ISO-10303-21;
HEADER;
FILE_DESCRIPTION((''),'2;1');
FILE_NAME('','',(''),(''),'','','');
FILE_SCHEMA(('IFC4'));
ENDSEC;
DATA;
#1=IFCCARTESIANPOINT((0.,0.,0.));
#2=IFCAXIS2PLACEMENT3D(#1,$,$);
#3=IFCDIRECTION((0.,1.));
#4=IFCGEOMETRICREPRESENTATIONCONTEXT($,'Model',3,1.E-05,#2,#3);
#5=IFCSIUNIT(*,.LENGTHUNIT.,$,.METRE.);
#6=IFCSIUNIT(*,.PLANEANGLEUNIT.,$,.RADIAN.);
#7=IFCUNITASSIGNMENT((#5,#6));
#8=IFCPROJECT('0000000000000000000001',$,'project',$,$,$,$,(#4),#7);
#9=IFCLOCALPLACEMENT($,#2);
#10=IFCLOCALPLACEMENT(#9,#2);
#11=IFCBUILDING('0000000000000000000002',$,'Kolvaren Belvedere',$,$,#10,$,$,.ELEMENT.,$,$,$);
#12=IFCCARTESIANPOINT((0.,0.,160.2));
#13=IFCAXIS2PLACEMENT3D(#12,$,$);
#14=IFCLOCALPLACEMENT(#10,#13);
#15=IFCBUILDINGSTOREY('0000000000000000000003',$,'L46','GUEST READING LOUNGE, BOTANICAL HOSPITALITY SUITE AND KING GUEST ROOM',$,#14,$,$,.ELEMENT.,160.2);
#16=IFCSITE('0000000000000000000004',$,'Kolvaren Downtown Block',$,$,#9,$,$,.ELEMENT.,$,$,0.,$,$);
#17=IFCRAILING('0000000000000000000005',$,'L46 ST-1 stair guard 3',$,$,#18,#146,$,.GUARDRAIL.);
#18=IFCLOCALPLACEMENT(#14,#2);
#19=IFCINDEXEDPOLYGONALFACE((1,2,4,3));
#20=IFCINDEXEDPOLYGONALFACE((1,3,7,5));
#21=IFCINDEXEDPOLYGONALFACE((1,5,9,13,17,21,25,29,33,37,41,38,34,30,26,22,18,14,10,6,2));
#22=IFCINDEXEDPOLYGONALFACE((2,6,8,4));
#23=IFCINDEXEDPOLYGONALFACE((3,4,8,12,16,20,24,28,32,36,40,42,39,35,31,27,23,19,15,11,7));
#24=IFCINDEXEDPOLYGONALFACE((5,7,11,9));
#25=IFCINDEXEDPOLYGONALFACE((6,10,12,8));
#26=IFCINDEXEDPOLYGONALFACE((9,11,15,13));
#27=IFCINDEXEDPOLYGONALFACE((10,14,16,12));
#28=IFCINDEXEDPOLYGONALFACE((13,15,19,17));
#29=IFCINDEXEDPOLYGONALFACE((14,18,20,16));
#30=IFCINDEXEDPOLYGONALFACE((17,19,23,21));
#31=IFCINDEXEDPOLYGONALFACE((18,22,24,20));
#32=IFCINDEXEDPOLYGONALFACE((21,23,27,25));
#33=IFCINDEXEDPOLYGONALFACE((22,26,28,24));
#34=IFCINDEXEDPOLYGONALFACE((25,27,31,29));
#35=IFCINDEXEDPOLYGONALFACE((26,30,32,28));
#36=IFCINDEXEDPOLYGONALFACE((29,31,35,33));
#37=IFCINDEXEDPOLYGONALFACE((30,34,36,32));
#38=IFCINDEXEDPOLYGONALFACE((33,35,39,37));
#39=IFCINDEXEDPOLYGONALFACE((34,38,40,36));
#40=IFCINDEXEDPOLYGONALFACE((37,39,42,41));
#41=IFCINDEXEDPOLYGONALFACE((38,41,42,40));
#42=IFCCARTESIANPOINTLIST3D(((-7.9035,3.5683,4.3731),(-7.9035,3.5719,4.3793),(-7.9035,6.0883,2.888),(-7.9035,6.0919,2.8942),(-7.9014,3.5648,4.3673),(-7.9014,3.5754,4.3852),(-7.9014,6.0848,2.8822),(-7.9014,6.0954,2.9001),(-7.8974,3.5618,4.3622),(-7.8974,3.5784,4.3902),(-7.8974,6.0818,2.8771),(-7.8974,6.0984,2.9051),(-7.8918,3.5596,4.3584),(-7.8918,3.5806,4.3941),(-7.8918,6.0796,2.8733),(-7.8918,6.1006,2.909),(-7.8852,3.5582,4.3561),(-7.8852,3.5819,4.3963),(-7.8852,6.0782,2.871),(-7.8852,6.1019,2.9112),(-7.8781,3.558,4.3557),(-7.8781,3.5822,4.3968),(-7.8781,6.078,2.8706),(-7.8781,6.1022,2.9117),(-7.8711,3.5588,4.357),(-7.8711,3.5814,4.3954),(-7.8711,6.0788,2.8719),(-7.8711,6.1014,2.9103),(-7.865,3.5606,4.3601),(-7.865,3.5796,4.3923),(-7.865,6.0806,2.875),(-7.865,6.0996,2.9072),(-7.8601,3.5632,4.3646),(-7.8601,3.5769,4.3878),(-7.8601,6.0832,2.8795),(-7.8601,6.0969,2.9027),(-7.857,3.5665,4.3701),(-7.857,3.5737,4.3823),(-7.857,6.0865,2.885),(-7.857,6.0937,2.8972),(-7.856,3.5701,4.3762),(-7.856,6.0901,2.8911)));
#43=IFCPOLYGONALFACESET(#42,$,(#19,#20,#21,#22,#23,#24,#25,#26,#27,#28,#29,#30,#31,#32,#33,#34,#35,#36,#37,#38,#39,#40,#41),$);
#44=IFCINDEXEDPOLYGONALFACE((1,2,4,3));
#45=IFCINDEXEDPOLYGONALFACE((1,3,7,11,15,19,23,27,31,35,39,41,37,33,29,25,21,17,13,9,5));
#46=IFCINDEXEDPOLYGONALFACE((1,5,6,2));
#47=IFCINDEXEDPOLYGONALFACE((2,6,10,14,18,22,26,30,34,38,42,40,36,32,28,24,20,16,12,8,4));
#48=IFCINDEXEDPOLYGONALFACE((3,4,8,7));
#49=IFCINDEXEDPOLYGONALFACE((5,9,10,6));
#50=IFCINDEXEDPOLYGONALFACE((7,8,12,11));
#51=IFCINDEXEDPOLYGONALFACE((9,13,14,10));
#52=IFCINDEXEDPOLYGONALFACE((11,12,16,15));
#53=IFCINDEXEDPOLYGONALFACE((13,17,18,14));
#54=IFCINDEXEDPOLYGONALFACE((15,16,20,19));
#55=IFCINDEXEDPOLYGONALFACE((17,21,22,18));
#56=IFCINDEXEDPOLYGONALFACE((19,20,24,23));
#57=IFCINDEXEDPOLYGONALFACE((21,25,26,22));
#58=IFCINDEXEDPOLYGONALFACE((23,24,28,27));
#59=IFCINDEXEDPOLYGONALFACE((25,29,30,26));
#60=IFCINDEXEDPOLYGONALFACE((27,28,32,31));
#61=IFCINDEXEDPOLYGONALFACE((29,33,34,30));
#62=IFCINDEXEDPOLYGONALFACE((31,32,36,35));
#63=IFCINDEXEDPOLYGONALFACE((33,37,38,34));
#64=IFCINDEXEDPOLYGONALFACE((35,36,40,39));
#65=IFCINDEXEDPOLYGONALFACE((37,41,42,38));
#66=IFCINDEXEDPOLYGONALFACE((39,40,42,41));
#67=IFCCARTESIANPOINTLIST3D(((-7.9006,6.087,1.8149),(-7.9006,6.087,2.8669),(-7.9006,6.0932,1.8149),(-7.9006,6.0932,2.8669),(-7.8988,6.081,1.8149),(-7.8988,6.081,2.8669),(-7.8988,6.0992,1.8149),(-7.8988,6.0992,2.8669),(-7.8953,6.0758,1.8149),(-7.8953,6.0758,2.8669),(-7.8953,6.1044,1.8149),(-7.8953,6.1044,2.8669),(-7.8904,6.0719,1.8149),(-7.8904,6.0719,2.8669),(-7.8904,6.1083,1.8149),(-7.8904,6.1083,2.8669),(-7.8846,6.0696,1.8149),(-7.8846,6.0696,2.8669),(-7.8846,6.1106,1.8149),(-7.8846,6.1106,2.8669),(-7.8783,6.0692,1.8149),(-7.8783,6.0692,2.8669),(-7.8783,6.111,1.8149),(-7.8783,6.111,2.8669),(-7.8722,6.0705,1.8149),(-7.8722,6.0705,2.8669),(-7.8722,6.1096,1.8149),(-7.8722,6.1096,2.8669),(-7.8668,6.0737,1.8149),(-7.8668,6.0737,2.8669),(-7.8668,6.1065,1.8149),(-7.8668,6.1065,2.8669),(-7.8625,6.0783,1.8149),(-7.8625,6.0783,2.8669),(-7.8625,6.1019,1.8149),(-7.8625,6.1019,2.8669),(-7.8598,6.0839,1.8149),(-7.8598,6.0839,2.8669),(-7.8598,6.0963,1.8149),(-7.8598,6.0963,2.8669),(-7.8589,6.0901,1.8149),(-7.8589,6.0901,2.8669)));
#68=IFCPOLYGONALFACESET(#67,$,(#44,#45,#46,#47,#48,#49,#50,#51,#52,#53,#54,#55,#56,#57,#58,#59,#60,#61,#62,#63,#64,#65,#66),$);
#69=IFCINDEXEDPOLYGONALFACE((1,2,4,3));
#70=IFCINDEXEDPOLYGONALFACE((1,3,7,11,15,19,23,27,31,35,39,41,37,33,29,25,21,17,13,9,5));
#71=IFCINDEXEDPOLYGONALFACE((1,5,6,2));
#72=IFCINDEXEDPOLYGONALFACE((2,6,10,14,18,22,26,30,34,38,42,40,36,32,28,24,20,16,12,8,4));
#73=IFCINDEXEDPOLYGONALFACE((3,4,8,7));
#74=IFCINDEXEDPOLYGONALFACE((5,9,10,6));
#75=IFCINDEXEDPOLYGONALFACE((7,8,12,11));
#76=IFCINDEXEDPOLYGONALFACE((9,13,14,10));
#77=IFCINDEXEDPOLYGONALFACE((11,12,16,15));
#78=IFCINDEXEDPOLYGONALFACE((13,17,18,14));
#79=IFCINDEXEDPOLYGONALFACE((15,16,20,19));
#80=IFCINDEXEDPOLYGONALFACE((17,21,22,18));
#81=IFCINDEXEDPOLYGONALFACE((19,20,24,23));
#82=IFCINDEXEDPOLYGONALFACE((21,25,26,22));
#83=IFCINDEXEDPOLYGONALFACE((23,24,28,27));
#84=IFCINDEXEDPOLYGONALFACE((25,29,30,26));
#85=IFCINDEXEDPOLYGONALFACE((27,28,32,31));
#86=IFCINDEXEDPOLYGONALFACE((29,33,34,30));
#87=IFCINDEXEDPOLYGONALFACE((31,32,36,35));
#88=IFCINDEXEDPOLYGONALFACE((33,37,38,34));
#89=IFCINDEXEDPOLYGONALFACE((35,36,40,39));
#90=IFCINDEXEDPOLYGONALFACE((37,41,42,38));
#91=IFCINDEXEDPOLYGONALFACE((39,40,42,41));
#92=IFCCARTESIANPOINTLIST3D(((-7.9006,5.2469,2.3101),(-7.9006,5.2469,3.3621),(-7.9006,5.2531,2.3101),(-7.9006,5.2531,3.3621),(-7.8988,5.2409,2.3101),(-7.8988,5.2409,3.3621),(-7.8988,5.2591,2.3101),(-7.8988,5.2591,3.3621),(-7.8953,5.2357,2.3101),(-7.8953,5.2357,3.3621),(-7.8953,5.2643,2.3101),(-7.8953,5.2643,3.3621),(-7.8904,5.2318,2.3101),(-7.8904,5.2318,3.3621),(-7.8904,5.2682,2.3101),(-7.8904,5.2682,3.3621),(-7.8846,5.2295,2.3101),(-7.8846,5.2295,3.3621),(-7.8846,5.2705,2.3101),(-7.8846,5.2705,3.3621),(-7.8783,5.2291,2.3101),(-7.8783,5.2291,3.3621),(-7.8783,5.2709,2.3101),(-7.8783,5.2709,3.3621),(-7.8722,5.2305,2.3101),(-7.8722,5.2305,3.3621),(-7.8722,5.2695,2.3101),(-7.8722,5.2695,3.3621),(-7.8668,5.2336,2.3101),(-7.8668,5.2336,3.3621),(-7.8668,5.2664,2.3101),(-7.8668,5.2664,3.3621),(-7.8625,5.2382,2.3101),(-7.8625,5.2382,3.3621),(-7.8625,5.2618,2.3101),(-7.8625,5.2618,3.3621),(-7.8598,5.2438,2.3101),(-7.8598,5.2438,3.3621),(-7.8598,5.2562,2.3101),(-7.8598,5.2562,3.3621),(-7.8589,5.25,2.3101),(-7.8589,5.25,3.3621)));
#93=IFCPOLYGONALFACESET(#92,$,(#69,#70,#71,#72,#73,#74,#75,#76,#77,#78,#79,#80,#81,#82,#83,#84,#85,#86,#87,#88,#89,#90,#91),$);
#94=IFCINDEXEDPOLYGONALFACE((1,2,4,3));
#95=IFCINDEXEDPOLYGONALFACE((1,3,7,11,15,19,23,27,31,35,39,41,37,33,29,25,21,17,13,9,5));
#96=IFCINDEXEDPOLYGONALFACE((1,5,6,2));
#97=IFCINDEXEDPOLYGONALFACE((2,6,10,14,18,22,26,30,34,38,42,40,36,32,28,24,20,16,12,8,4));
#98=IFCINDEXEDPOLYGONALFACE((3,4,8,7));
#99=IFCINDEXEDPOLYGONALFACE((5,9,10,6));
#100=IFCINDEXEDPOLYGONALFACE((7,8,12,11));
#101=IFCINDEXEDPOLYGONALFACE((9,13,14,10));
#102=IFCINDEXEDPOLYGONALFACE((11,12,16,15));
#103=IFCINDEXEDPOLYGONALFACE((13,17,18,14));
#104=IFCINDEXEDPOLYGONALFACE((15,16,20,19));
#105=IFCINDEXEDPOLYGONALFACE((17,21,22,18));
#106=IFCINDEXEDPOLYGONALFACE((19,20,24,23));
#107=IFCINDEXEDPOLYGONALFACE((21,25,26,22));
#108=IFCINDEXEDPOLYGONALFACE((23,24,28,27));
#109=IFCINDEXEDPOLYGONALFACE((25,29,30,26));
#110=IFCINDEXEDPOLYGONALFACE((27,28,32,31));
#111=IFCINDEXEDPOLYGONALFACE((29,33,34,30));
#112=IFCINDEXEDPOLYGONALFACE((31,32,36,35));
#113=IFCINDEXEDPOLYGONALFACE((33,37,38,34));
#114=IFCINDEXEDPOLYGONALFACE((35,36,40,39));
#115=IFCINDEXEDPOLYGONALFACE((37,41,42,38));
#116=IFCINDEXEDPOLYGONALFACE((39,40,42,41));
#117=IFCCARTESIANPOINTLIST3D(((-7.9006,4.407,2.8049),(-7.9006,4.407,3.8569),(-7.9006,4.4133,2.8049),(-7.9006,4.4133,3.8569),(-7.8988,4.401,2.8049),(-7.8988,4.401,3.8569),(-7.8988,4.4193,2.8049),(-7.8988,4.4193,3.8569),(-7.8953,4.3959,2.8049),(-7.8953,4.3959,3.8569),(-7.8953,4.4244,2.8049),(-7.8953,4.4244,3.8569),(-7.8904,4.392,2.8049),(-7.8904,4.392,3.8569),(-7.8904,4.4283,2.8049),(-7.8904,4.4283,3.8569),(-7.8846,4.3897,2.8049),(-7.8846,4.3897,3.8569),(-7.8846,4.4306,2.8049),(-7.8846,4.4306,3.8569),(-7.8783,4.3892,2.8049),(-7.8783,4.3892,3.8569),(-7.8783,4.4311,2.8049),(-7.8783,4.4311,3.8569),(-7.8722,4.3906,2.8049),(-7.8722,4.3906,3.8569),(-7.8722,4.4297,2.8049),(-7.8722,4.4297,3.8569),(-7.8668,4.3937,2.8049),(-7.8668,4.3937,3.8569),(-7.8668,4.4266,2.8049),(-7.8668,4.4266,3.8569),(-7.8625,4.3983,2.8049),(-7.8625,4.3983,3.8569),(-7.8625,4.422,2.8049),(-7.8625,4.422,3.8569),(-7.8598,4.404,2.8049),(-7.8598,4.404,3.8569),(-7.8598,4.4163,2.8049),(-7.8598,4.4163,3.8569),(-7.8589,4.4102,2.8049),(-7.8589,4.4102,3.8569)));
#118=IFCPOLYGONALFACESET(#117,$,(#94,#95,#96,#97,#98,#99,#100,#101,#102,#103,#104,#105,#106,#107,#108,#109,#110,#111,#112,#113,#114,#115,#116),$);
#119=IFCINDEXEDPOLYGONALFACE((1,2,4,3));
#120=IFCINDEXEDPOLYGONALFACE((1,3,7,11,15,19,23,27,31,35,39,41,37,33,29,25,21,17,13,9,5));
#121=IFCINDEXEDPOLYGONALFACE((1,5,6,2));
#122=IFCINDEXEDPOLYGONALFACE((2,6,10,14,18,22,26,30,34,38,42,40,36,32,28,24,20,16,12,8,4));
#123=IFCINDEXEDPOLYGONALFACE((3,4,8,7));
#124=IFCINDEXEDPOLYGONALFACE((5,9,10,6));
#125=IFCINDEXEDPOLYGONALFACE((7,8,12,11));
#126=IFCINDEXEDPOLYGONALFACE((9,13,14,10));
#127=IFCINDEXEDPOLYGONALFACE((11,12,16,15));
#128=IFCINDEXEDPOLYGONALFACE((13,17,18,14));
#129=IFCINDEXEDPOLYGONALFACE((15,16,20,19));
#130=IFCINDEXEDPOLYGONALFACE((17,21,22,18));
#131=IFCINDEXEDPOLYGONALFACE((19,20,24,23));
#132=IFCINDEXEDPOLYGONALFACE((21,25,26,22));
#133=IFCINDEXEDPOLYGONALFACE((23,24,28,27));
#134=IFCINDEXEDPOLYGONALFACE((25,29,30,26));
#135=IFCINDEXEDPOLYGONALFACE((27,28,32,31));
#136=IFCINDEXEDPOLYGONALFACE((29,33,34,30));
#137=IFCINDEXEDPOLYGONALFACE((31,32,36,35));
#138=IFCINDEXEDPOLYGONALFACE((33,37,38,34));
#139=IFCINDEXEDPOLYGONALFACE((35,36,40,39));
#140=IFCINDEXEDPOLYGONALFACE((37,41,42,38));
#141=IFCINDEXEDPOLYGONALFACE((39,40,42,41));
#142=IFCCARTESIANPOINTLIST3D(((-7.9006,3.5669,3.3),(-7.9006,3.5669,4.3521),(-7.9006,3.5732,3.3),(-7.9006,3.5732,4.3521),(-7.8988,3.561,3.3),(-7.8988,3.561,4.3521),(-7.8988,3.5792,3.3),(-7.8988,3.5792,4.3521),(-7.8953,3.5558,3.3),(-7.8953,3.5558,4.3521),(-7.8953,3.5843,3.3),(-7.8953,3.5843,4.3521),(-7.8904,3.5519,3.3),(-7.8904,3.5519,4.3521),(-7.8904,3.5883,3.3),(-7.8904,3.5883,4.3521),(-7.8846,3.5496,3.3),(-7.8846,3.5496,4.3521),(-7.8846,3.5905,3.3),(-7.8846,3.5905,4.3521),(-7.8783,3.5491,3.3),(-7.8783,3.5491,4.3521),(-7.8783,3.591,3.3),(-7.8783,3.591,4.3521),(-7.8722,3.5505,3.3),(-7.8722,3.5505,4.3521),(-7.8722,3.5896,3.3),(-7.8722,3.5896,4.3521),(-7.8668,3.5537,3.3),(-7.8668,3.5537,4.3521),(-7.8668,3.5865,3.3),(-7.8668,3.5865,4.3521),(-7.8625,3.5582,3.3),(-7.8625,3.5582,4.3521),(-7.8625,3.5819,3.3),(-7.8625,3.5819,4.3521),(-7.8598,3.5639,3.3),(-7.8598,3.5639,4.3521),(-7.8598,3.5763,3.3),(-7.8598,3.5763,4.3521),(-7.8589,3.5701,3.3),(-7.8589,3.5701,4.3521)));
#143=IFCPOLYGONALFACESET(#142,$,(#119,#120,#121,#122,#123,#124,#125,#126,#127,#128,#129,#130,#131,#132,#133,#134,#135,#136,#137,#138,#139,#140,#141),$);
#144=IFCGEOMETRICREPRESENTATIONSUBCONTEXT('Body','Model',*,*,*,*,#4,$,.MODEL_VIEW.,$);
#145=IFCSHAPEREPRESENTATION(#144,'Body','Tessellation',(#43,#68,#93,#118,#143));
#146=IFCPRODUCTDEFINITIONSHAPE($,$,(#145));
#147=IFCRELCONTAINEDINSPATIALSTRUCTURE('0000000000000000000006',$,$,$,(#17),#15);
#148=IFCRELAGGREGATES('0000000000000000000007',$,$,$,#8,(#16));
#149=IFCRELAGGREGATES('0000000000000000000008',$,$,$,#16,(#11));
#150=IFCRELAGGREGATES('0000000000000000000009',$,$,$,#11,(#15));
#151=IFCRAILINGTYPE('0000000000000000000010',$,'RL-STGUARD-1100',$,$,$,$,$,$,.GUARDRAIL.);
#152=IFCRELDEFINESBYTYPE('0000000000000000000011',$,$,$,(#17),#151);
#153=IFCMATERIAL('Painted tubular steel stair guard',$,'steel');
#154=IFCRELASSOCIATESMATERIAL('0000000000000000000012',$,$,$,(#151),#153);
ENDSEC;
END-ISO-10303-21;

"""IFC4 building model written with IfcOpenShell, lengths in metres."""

from ifc_helpers import new_model, si_unit, direction, frame, origin, origin_2d, place, context, subcontext, project, spatial, circle, extrude, material, type_object, element, save


model = new_model("IFC4")

# Units and contexts
model_context = context("Model", 3, precision=1e-05, world=origin(), true_north=direction((0.0, 1.0)))
body_context = subcontext(model_context, "Body", "Model", "MODEL_VIEW")
ifc_project = project(units=[si_unit("LENGTHUNIT", "METRE"), si_unit("PLANEANGLEUNIT", "RADIAN")], contexts=[model_context])

# Site, building, storey
site_placement = place(None, origin())
site = spatial("IfcSite", under=ifc_project, at=site_placement, Name="Kolvaren Downtown Block", CompositionType="ELEMENT", RefElevation=0.0)
building_placement = place(site_placement, origin())
building = spatial("IfcBuilding", under=site, at=building_placement, Name="Kolvaren Belvedere", CompositionType="ELEMENT")
storey_placement = place(building_placement, frame((0.0, 0.0, 160.2)))
storey = spatial("IfcBuildingStorey", under=building, at=storey_placement, Name="L46", Description="GUEST READING LOUNGE, BOTANICAL HOSPITALITY SUITE AND KING GUEST ROOM", CompositionType="ELEMENT", Elevation=160.2)

# Railing
ifc_material_1 = material(Name="Painted tubular steel stair guard", Category="steel")
railing_type_1 = type_object("IfcRailingType", Name="RL-STGUARD-1100", PredefinedType="GUARDRAIL", material=ifc_material_1)
railing_1_placement = place(storey_placement, frame((-7.8799, 6.0901, 1.8149)))
element("IfcRailing", 1, at=railing_1_placement, inside=storey, type_object=railing_type_1, Name="L46 ST-1 stair guard 3", PredefinedType="GUARDRAIL", context=body_context, shape_type="SweptSolid", body=[
    extrude(circle(Radius=0.0239, at=origin_2d()), frame((0.0, 0.0, 1.0762), z_axis=(0.0, -0.861524, 0.507717), x_axis=(1.0, 0.0, 0.0)), (0.0, 0.0, 1.0), 2.925),
    extrude(circle(Radius=0.021, at=origin_2d()), origin(), (0.0, 0.0, 1.0), 1.052),
    extrude(circle(Radius=0.021, at=origin_2d()), frame((0.0, -0.8401, 0.4951)), (0.0, 0.0, 1.0), 1.052),
    extrude(circle(Radius=0.021, at=origin_2d()), frame((0.0, -1.6799, 0.99)), (0.0, 0.0, 1.0), 1.052),
    extrude(circle(Radius=0.021, at=origin_2d()), frame((0.0, -2.52, 1.4851)), (0.0, 0.0, 1.0), 1.052),
])

save(model, "model.ifc")
